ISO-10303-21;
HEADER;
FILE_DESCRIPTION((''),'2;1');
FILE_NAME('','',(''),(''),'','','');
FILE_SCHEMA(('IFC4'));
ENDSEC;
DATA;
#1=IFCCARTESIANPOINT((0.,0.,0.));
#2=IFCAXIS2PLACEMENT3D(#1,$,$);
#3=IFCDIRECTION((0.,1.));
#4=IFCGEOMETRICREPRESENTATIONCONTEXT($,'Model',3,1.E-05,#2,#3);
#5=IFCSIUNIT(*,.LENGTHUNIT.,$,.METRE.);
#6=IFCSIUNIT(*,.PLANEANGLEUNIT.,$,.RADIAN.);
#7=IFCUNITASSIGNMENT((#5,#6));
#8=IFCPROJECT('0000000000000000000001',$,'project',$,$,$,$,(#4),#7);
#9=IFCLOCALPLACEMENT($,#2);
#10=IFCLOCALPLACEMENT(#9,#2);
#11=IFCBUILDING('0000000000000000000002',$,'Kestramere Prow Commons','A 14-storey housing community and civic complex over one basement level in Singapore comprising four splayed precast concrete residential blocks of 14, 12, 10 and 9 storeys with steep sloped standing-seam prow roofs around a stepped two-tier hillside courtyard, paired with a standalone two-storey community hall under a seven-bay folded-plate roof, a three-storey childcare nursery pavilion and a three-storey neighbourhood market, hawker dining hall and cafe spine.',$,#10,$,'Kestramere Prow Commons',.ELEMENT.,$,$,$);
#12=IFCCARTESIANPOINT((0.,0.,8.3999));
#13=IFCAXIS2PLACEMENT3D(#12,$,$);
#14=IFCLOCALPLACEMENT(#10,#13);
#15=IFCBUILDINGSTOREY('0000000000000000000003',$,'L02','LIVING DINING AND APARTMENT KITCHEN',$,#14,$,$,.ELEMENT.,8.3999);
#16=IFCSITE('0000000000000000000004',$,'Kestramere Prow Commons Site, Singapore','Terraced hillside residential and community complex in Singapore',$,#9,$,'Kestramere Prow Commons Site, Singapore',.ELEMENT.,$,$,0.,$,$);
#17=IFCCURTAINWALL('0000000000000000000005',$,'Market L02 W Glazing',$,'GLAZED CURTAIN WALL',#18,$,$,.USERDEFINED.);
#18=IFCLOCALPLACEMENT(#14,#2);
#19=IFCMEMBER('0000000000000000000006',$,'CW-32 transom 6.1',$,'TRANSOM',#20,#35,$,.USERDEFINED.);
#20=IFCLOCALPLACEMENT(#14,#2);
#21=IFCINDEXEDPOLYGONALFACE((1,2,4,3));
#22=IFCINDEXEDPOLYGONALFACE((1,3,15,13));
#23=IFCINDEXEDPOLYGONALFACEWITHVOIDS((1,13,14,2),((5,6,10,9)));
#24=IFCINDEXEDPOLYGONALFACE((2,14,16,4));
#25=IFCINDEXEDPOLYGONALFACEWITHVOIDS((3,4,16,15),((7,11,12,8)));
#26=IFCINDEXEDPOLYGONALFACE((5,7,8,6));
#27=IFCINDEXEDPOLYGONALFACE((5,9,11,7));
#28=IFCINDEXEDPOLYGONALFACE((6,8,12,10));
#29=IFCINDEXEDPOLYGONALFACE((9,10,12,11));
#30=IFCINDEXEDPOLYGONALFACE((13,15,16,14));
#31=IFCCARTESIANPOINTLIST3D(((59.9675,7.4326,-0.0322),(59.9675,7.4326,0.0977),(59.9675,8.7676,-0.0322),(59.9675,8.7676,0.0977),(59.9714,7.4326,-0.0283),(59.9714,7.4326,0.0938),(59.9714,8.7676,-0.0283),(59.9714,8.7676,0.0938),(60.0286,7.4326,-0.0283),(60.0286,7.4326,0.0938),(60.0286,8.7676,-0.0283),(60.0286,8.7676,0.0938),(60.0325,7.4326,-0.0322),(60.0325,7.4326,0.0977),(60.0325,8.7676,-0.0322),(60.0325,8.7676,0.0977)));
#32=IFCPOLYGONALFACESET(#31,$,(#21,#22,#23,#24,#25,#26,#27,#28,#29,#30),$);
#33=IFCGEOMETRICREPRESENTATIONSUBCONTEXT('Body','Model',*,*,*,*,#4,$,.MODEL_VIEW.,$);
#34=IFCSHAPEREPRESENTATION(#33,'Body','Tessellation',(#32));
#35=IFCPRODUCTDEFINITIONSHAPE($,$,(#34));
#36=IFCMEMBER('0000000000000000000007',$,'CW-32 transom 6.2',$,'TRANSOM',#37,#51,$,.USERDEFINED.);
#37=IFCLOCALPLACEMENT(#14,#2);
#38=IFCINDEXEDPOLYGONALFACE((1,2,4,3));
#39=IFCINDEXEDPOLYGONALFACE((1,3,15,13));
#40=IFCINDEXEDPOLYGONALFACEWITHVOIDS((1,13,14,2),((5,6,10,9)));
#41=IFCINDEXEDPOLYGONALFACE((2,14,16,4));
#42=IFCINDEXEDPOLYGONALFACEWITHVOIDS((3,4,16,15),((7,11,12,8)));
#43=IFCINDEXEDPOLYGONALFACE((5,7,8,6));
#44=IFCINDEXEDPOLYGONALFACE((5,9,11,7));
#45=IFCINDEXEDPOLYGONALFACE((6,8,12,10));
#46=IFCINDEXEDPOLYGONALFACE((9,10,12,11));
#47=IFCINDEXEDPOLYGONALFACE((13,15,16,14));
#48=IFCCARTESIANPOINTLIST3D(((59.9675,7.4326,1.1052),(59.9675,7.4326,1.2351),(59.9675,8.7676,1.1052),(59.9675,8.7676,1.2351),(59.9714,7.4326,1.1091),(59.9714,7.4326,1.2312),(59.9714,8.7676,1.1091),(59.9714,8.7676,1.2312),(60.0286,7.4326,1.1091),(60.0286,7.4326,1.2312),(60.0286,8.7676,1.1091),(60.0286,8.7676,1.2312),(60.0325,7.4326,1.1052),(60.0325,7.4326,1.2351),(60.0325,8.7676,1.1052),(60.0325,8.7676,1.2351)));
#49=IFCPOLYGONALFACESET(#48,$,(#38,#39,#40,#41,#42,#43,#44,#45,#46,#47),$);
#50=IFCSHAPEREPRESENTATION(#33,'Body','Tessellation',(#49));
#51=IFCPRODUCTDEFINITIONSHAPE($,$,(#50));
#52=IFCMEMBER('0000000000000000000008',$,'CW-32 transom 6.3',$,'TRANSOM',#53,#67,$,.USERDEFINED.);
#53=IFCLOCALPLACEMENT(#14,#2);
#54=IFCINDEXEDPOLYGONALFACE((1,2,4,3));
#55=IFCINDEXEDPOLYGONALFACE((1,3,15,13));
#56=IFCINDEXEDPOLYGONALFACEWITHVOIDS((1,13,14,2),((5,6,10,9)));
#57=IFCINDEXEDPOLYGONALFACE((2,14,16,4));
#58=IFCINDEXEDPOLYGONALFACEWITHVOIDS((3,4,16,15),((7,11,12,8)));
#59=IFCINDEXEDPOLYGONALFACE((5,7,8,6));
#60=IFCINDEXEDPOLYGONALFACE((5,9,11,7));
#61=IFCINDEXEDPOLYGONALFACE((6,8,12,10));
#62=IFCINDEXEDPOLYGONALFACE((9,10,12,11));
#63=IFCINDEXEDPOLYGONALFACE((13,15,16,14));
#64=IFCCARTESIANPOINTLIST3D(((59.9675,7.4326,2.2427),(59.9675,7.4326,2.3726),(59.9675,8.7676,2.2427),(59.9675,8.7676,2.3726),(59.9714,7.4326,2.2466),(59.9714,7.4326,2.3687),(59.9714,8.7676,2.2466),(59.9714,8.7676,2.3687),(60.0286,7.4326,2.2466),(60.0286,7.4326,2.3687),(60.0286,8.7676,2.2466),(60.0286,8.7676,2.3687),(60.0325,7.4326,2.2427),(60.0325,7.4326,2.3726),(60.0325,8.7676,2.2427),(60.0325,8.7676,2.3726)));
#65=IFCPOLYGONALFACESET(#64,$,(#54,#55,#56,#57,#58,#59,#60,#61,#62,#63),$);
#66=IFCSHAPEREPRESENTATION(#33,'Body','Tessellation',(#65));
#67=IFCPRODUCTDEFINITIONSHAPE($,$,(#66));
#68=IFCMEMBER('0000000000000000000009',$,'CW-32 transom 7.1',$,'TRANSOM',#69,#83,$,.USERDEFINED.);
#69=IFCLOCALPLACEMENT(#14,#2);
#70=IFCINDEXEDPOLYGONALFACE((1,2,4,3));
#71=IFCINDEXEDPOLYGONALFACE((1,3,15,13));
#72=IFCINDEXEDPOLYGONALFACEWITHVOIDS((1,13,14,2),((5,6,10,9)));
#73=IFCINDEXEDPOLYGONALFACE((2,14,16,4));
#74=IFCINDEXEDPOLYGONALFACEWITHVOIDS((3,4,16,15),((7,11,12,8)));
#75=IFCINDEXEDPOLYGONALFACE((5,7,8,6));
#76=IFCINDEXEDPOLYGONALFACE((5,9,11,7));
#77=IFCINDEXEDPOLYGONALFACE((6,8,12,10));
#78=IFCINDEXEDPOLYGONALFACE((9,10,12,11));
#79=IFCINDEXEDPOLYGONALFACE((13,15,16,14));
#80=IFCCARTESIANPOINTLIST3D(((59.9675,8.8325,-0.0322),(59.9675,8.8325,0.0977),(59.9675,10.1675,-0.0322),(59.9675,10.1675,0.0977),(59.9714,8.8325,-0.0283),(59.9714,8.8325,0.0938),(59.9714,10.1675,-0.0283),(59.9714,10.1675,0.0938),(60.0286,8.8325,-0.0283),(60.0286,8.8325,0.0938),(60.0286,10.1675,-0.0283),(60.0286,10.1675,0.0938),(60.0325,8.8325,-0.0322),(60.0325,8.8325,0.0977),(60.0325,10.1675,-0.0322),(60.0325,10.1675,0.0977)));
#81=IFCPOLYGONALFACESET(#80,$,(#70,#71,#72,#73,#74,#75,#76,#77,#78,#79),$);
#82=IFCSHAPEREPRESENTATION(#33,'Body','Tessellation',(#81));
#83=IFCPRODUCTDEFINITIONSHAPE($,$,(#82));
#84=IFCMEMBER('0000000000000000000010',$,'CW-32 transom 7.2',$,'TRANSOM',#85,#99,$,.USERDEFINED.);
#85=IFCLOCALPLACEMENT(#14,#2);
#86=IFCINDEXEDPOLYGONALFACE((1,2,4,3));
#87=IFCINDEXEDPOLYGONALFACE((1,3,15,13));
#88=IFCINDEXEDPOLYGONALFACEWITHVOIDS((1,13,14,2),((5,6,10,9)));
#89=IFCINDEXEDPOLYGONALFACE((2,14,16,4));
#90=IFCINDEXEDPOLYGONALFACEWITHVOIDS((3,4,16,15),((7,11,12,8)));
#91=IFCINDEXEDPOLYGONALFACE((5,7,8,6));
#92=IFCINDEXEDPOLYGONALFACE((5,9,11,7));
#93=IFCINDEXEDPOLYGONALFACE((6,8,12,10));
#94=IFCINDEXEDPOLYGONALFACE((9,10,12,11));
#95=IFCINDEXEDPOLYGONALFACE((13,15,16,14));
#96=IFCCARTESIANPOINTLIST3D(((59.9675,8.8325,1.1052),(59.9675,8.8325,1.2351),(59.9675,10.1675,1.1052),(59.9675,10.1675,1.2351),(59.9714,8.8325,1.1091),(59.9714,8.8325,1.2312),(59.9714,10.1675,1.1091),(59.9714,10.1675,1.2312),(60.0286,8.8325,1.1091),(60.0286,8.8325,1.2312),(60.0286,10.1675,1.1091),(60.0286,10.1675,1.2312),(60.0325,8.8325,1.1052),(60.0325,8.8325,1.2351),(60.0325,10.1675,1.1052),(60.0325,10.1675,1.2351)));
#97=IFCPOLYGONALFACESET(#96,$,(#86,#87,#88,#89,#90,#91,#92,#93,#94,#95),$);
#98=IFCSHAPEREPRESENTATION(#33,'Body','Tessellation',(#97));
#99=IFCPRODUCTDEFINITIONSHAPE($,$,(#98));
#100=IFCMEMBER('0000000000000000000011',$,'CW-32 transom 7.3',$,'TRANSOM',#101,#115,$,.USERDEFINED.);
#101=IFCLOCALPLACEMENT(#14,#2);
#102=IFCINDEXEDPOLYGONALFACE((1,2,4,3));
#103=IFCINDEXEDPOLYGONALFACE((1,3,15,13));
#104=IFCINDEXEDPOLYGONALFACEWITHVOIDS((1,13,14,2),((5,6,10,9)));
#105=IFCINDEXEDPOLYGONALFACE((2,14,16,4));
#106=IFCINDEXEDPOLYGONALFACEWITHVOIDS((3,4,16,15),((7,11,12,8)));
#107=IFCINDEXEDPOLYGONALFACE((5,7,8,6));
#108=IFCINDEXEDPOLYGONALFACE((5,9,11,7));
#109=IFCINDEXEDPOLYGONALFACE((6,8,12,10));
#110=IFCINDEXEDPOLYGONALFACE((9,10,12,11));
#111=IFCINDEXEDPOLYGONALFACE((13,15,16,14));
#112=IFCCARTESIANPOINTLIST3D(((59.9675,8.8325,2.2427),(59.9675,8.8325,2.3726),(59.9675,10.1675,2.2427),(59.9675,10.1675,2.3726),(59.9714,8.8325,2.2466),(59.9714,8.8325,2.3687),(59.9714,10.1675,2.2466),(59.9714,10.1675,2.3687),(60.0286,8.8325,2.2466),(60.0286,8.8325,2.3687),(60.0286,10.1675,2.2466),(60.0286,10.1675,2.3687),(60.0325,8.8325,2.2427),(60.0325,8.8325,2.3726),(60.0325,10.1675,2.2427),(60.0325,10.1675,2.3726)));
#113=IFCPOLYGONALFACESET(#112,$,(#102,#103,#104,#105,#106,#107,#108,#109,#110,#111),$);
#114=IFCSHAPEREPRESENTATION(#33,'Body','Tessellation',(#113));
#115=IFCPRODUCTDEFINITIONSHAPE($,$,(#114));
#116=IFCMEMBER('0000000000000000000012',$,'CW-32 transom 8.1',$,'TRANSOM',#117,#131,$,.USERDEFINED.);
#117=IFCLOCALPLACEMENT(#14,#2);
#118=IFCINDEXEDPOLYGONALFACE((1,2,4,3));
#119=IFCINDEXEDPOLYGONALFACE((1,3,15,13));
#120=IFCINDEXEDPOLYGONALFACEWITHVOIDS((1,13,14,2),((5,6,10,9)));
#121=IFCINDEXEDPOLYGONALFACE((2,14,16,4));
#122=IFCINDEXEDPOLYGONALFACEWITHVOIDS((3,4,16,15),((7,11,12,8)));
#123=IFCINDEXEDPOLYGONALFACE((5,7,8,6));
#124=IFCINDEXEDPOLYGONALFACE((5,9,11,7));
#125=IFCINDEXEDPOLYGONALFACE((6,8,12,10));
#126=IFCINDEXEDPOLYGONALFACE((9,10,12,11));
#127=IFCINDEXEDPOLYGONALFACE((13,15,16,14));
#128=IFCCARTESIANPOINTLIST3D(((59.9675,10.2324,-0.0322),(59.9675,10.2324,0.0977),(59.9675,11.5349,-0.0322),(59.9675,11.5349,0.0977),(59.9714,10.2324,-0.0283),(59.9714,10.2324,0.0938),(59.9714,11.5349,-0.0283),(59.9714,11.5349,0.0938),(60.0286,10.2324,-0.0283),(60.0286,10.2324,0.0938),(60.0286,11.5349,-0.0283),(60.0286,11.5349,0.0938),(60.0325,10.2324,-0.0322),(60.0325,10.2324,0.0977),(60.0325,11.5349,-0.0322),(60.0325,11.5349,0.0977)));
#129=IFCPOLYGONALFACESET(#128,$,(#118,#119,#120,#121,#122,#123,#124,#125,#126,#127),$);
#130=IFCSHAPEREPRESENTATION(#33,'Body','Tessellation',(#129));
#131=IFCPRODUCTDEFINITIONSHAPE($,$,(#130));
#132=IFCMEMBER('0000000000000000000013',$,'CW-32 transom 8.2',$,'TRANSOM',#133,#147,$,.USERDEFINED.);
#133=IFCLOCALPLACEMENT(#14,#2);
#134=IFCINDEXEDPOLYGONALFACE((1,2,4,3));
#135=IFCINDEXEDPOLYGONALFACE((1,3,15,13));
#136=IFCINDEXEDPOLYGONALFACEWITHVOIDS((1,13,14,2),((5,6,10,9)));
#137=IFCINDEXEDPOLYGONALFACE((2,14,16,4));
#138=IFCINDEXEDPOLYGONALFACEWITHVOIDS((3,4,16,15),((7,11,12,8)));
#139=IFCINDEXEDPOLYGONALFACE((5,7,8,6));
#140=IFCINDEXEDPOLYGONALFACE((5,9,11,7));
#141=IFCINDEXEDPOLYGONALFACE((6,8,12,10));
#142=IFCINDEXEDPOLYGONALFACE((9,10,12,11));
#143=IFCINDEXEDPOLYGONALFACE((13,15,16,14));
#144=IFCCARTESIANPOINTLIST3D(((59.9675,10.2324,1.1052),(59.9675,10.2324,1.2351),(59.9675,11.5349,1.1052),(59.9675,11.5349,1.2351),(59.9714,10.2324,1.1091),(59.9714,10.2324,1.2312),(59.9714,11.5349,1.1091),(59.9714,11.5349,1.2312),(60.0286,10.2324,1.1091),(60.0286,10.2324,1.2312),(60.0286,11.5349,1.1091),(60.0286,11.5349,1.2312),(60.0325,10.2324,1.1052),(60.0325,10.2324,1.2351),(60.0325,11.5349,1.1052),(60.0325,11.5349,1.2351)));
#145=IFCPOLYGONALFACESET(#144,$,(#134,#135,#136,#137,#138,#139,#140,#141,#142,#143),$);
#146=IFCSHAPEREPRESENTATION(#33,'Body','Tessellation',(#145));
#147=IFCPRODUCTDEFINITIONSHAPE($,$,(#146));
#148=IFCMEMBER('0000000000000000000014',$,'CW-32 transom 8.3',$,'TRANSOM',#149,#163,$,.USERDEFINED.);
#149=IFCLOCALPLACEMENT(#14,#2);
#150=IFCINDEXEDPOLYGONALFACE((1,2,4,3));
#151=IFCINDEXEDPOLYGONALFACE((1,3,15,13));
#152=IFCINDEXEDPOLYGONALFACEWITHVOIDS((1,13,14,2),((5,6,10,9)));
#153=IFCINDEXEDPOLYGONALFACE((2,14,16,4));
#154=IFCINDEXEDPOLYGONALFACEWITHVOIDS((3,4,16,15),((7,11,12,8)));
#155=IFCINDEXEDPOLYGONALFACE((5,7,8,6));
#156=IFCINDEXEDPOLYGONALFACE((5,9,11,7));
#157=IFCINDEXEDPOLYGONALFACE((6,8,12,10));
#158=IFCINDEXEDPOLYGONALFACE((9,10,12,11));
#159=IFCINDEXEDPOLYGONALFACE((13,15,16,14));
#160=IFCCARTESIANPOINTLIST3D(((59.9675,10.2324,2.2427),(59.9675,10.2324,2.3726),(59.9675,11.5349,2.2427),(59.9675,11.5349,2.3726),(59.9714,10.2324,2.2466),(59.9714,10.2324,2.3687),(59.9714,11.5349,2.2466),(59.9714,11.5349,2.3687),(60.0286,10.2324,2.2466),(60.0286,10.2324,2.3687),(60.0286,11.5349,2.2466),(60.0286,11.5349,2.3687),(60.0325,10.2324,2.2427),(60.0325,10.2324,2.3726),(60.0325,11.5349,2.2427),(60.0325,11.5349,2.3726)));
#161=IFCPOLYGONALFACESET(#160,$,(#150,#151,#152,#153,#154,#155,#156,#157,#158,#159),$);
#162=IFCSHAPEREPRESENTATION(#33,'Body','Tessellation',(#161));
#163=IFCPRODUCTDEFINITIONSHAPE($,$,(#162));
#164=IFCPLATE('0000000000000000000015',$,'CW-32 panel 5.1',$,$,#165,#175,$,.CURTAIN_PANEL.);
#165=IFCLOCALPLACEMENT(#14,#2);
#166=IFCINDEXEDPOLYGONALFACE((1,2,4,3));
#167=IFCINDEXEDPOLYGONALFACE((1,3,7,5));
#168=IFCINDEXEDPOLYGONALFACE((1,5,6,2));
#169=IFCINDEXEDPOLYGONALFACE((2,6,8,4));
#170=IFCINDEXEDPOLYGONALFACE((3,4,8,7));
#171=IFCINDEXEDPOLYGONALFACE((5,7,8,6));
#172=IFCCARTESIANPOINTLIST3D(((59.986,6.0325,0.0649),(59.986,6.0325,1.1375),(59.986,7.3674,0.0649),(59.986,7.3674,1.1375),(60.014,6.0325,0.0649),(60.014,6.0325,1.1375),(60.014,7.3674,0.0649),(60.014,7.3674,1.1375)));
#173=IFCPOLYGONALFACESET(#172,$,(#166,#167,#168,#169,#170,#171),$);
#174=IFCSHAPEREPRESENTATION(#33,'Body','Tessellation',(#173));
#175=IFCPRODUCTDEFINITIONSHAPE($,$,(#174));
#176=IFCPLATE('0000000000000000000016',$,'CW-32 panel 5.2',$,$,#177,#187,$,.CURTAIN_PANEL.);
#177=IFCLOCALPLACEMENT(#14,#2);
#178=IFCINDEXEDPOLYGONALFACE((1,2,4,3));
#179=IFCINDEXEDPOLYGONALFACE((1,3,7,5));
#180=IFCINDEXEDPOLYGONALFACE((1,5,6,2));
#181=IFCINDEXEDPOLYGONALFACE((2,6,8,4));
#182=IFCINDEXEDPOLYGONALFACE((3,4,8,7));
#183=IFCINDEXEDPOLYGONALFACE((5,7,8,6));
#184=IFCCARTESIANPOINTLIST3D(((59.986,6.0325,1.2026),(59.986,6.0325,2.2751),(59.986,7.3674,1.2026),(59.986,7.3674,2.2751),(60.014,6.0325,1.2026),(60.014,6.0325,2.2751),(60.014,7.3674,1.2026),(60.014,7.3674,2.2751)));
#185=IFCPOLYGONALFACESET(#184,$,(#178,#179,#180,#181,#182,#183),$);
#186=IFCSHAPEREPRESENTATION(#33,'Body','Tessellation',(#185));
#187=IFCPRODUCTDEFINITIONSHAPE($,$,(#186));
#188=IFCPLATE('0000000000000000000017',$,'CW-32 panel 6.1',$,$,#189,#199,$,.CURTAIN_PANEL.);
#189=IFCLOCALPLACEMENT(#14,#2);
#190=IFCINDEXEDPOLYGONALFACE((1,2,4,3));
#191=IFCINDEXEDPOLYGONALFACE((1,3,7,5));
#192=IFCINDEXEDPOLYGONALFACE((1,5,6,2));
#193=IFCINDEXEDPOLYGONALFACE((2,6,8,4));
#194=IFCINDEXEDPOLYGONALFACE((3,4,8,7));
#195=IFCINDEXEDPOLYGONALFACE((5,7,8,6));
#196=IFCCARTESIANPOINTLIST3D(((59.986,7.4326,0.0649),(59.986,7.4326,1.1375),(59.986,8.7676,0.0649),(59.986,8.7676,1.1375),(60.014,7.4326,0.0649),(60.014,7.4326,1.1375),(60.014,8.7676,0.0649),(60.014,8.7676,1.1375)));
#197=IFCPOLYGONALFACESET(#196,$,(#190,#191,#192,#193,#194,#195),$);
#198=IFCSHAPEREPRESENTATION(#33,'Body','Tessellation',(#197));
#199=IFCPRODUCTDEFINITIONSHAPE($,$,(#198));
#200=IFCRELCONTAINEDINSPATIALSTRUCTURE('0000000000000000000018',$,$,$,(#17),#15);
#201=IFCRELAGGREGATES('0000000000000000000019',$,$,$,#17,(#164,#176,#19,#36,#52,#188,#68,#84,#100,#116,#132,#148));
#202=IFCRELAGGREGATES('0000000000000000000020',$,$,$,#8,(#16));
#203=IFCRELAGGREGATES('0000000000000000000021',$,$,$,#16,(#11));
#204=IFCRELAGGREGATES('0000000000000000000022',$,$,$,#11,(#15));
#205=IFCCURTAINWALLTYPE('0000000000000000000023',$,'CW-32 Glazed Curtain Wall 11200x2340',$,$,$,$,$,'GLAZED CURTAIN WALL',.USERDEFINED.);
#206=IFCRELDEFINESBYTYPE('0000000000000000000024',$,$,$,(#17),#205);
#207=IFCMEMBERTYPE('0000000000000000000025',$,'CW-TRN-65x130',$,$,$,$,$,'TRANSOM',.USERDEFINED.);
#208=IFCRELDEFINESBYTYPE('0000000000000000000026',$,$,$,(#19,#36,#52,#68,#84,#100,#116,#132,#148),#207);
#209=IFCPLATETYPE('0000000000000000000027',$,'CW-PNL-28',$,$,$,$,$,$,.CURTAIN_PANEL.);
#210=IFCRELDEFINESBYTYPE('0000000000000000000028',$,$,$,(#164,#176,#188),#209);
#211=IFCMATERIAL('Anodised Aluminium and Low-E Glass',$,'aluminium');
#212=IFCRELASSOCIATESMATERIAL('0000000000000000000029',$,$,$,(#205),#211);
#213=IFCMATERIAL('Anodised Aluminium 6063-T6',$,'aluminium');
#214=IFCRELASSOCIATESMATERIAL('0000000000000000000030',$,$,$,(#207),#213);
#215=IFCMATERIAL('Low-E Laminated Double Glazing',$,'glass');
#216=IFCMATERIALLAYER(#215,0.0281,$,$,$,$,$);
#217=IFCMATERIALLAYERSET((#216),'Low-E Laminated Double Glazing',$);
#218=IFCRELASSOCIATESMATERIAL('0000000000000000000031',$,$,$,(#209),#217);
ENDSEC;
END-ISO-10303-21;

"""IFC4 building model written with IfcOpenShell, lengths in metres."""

from ifc_helpers import new_model, si_unit, direction, frame, origin, origin_2d, place, context, subcontext, project, spatial, rectangle, hollow_rectangle, extrude, material, layer, layer_set, material_profile, profile_set, type_object, element, aggregate, save


model = new_model("IFC4")

# Units and contexts
model_context = context("Model", 3, precision=1e-05, world=origin(), true_north=direction((0.0, 1.0)))
body_context = subcontext(model_context, "Body", "Model", "MODEL_VIEW")
ifc_project = project(units=[si_unit("LENGTHUNIT", "METRE"), si_unit("PLANEANGLEUNIT", "RADIAN")], contexts=[model_context])

# Site, building, storey
site_placement = place(None, origin())
site = spatial("IfcSite", under=ifc_project, at=site_placement, Name="Kestramere Prow Commons Site, Singapore", Description="Terraced hillside residential and community complex in Singapore", LongName="Kestramere Prow Commons Site, Singapore", CompositionType="ELEMENT", RefElevation=0.0)
building_placement = place(site_placement, origin())
building = spatial("IfcBuilding", under=site, at=building_placement, Name="Kestramere Prow Commons", Description="A 14-storey housing community and civic complex over one basement level in Singapore comprising four splayed precast concrete residential blocks of 14, 12, 10 and 9 storeys with steep sloped standing-seam prow roofs around a stepped two-tier hillside courtyard, paired with a standalone two-storey community hall under a seven-bay folded-plate roof, a three-storey childcare nursery pavilion and a three-storey neighbourhood market, hawker dining hall and cafe spine.", LongName="Kestramere Prow Commons", CompositionType="ELEMENT")
storey_placement = place(building_placement, frame((0.0, 0.0, 8.3999)))
storey = spatial("IfcBuildingStorey", under=building, at=storey_placement, Name="L02", Description="LIVING DINING AND APARTMENT KITCHEN", CompositionType="ELEMENT", Elevation=8.3999)

# Curtain wall, members, plates
ifc_material_1 = material(Name="Anodised Aluminium and Low-E Glass", Category="aluminium")
curtain_wall_type = type_object("IfcCurtainWallType", Name="CW-32 Glazed Curtain Wall 11200x2340", ElementType="GLAZED CURTAIN WALL", PredefinedType="USERDEFINED", material=ifc_material_1)
curtain_wall_placement = place(storey_placement, origin())
curtain_wall = element("IfcCurtainWall", 1, at=curtain_wall_placement, inside=storey, type_object=curtain_wall_type, Name="Market L02 W Glazing", ObjectType="GLAZED CURTAIN WALL", PredefinedType="USERDEFINED")
ifc_material_2 = material(Name="Anodised Aluminium 6063-T6", Category="aluminium")
ifc_material_profile_1 = material_profile(ifc_material_2, hollow_rectangle(XDim=0.0649, YDim=0.1299, WallThickness=0.0039, at=origin_2d()), Name="ALU-TRN 65x130")
ifc_profile_set_1 = profile_set([ifc_material_profile_1], Name="Anodised Aluminium 6063-T6")
member_type_1 = type_object("IfcMemberType", Name="CW-TRN-65x130", ElementType="TRANSOM", PredefinedType="USERDEFINED", material=ifc_profile_set_1)
member_1_placement = place(storey_placement, frame((60.0, 7.4326, 0.0327), z_axis=(0.0, 1.0, 0.0), x_axis=(-1.0, 0.0, 0.0)))
member_1 = element("IfcMember", 2, at=member_1_placement, type_object=member_type_1, Name="CW-32 transom 6.1", ObjectType="TRANSOM", PredefinedType="USERDEFINED", context=body_context, shape_type="SweptSolid", body=[
    extrude(hollow_rectangle(XDim=0.0649, YDim=0.1299, WallThickness=0.0039, at=origin_2d()), origin(), (0.0, 0.0, 1.0), 1.335),
])
member_2_placement = place(storey_placement, frame((60.0, 7.4326, 1.1702), z_axis=(0.0, 1.0, 0.0), x_axis=(-1.0, 0.0, 0.0)))
member_2 = element("IfcMember", 3, at=member_2_placement, type_object=member_type_1, Name="CW-32 transom 6.2", ObjectType="TRANSOM", PredefinedType="USERDEFINED", context=body_context, shape_type="SweptSolid", body=[
    extrude(hollow_rectangle(XDim=0.0649, YDim=0.1299, WallThickness=0.0039, at=origin_2d()), origin(), (0.0, 0.0, 1.0), 1.335),
])
member_3_placement = place(storey_placement, frame((60.0, 7.4326, 2.3076), z_axis=(0.0, 1.0, 0.0), x_axis=(-1.0, 0.0, 0.0)))
member_3 = element("IfcMember", 4, at=member_3_placement, type_object=member_type_1, Name="CW-32 transom 6.3", ObjectType="TRANSOM", PredefinedType="USERDEFINED", context=body_context, shape_type="SweptSolid", body=[
    extrude(hollow_rectangle(XDim=0.0649, YDim=0.1299, WallThickness=0.0039, at=origin_2d()), origin(), (0.0, 0.0, 1.0), 1.335),
])
member_4_placement = place(storey_placement, frame((60.0, 8.8325, 0.0327), z_axis=(0.0, 1.0, 0.0), x_axis=(-1.0, 0.0, 0.0)))
member_4 = element("IfcMember", 5, at=member_4_placement, type_object=member_type_1, Name="CW-32 transom 7.1", ObjectType="TRANSOM", PredefinedType="USERDEFINED", context=body_context, shape_type="SweptSolid", body=[
    extrude(hollow_rectangle(XDim=0.0649, YDim=0.1299, WallThickness=0.0039, at=origin_2d()), origin(), (0.0, 0.0, 1.0), 1.335),
])
member_5_placement = place(storey_placement, frame((60.0, 8.8325, 1.1702), z_axis=(0.0, 1.0, 0.0), x_axis=(-1.0, 0.0, 0.0)))
member_5 = element("IfcMember", 6, at=member_5_placement, type_object=member_type_1, Name="CW-32 transom 7.2", ObjectType="TRANSOM", PredefinedType="USERDEFINED", context=body_context, shape_type="SweptSolid", body=[
    extrude(hollow_rectangle(XDim=0.0649, YDim=0.1299, WallThickness=0.0039, at=origin_2d()), origin(), (0.0, 0.0, 1.0), 1.335),
])
member_6_placement = place(storey_placement, frame((60.0, 8.8325, 2.3076), z_axis=(0.0, 1.0, 0.0), x_axis=(-1.0, 0.0, 0.0)))
member_6 = element("IfcMember", 7, at=member_6_placement, type_object=member_type_1, Name="CW-32 transom 7.3", ObjectType="TRANSOM", PredefinedType="USERDEFINED", context=body_context, shape_type="SweptSolid", body=[
    extrude(hollow_rectangle(XDim=0.0649, YDim=0.1299, WallThickness=0.0039, at=origin_2d()), origin(), (0.0, 0.0, 1.0), 1.335),
])
member_7_placement = place(storey_placement, frame((60.0, 10.2324, 0.0327), z_axis=(0.0, 1.0, 0.0), x_axis=(-1.0, 0.0, 0.0)))
member_7 = element("IfcMember", 8, at=member_7_placement, type_object=member_type_1, Name="CW-32 transom 8.1", ObjectType="TRANSOM", PredefinedType="USERDEFINED", context=body_context, shape_type="SweptSolid", body=[
    extrude(hollow_rectangle(XDim=0.0649, YDim=0.1299, WallThickness=0.0039, at=origin_2d()), origin(), (0.0, 0.0, 1.0), 1.3025),
])
member_8_placement = place(storey_placement, frame((60.0, 10.2324, 1.1702), z_axis=(0.0, 1.0, 0.0), x_axis=(-1.0, 0.0, 0.0)))
member_8 = element("IfcMember", 9, at=member_8_placement, type_object=member_type_1, Name="CW-32 transom 8.2", ObjectType="TRANSOM", PredefinedType="USERDEFINED", context=body_context, shape_type="SweptSolid", body=[
    extrude(hollow_rectangle(XDim=0.0649, YDim=0.1299, WallThickness=0.0039, at=origin_2d()), origin(), (0.0, 0.0, 1.0), 1.3025),
])
member_9_placement = place(storey_placement, frame((60.0, 10.2324, 2.3076), z_axis=(0.0, 1.0, 0.0), x_axis=(-1.0, 0.0, 0.0)))
member_9 = element("IfcMember", 10, at=member_9_placement, type_object=member_type_1, Name="CW-32 transom 8.3", ObjectType="TRANSOM", PredefinedType="USERDEFINED", context=body_context, shape_type="SweptSolid", body=[
    extrude(hollow_rectangle(XDim=0.0649, YDim=0.1299, WallThickness=0.0039, at=origin_2d()), origin(), (0.0, 0.0, 1.0), 1.3025),
])
ifc_material_3 = material(Name="Low-E Laminated Double Glazing", Category="glass")
ifc_layer_1 = layer(ifc_material_3, 0.0281)
ifc_layer_set_1 = layer_set([ifc_layer_1], Name="Low-E Laminated Double Glazing")
plate_type = type_object("IfcPlateType", Name="CW-PNL-28", PredefinedType="CURTAIN_PANEL", material=ifc_layer_set_1)
plate_1_placement = place(storey_placement, frame((60.0, 6.7, 0.0649), z_axis=(0.0, 0.0, 1.0), x_axis=(0.0, 1.0, 0.0)))
plate_1 = element("IfcPlate", 11, at=plate_1_placement, type_object=plate_type, Name="CW-32 panel 5.1", PredefinedType="CURTAIN_PANEL", context=body_context, shape_type="SweptSolid", body=[
    extrude(rectangle(XDim=1.335, YDim=0.0281, at=origin_2d()), origin(), (0.0, 0.0, 1.0), 1.0725),
])
plate_2_placement = place(storey_placement, frame((60.0, 6.7, 1.2026), z_axis=(0.0, 0.0, 1.0), x_axis=(0.0, 1.0, 0.0)))
plate_2 = element("IfcPlate", 12, at=plate_2_placement, type_object=plate_type, Name="CW-32 panel 5.2", PredefinedType="CURTAIN_PANEL", context=body_context, shape_type="SweptSolid", body=[
    extrude(rectangle(XDim=1.335, YDim=0.0281, at=origin_2d()), origin(), (0.0, 0.0, 1.0), 1.0725),
])
plate_3_placement = place(storey_placement, frame((60.0, 8.1001, 0.0649), z_axis=(0.0, 0.0, 1.0), x_axis=(0.0, 1.0, 0.0)))
plate_3 = element("IfcPlate", 13, at=plate_3_placement, type_object=plate_type, Name="CW-32 panel 6.1", PredefinedType="CURTAIN_PANEL", context=body_context, shape_type="SweptSolid", body=[
    extrude(rectangle(XDim=1.335, YDim=0.0281, at=origin_2d()), origin(), (0.0, 0.0, 1.0), 1.0725),
])
aggregate(curtain_wall, [plate_1, plate_2, member_1, member_2, member_3, plate_3, member_4, member_5, member_6, member_7, member_8, member_9])

save(model, "model.ifc")
